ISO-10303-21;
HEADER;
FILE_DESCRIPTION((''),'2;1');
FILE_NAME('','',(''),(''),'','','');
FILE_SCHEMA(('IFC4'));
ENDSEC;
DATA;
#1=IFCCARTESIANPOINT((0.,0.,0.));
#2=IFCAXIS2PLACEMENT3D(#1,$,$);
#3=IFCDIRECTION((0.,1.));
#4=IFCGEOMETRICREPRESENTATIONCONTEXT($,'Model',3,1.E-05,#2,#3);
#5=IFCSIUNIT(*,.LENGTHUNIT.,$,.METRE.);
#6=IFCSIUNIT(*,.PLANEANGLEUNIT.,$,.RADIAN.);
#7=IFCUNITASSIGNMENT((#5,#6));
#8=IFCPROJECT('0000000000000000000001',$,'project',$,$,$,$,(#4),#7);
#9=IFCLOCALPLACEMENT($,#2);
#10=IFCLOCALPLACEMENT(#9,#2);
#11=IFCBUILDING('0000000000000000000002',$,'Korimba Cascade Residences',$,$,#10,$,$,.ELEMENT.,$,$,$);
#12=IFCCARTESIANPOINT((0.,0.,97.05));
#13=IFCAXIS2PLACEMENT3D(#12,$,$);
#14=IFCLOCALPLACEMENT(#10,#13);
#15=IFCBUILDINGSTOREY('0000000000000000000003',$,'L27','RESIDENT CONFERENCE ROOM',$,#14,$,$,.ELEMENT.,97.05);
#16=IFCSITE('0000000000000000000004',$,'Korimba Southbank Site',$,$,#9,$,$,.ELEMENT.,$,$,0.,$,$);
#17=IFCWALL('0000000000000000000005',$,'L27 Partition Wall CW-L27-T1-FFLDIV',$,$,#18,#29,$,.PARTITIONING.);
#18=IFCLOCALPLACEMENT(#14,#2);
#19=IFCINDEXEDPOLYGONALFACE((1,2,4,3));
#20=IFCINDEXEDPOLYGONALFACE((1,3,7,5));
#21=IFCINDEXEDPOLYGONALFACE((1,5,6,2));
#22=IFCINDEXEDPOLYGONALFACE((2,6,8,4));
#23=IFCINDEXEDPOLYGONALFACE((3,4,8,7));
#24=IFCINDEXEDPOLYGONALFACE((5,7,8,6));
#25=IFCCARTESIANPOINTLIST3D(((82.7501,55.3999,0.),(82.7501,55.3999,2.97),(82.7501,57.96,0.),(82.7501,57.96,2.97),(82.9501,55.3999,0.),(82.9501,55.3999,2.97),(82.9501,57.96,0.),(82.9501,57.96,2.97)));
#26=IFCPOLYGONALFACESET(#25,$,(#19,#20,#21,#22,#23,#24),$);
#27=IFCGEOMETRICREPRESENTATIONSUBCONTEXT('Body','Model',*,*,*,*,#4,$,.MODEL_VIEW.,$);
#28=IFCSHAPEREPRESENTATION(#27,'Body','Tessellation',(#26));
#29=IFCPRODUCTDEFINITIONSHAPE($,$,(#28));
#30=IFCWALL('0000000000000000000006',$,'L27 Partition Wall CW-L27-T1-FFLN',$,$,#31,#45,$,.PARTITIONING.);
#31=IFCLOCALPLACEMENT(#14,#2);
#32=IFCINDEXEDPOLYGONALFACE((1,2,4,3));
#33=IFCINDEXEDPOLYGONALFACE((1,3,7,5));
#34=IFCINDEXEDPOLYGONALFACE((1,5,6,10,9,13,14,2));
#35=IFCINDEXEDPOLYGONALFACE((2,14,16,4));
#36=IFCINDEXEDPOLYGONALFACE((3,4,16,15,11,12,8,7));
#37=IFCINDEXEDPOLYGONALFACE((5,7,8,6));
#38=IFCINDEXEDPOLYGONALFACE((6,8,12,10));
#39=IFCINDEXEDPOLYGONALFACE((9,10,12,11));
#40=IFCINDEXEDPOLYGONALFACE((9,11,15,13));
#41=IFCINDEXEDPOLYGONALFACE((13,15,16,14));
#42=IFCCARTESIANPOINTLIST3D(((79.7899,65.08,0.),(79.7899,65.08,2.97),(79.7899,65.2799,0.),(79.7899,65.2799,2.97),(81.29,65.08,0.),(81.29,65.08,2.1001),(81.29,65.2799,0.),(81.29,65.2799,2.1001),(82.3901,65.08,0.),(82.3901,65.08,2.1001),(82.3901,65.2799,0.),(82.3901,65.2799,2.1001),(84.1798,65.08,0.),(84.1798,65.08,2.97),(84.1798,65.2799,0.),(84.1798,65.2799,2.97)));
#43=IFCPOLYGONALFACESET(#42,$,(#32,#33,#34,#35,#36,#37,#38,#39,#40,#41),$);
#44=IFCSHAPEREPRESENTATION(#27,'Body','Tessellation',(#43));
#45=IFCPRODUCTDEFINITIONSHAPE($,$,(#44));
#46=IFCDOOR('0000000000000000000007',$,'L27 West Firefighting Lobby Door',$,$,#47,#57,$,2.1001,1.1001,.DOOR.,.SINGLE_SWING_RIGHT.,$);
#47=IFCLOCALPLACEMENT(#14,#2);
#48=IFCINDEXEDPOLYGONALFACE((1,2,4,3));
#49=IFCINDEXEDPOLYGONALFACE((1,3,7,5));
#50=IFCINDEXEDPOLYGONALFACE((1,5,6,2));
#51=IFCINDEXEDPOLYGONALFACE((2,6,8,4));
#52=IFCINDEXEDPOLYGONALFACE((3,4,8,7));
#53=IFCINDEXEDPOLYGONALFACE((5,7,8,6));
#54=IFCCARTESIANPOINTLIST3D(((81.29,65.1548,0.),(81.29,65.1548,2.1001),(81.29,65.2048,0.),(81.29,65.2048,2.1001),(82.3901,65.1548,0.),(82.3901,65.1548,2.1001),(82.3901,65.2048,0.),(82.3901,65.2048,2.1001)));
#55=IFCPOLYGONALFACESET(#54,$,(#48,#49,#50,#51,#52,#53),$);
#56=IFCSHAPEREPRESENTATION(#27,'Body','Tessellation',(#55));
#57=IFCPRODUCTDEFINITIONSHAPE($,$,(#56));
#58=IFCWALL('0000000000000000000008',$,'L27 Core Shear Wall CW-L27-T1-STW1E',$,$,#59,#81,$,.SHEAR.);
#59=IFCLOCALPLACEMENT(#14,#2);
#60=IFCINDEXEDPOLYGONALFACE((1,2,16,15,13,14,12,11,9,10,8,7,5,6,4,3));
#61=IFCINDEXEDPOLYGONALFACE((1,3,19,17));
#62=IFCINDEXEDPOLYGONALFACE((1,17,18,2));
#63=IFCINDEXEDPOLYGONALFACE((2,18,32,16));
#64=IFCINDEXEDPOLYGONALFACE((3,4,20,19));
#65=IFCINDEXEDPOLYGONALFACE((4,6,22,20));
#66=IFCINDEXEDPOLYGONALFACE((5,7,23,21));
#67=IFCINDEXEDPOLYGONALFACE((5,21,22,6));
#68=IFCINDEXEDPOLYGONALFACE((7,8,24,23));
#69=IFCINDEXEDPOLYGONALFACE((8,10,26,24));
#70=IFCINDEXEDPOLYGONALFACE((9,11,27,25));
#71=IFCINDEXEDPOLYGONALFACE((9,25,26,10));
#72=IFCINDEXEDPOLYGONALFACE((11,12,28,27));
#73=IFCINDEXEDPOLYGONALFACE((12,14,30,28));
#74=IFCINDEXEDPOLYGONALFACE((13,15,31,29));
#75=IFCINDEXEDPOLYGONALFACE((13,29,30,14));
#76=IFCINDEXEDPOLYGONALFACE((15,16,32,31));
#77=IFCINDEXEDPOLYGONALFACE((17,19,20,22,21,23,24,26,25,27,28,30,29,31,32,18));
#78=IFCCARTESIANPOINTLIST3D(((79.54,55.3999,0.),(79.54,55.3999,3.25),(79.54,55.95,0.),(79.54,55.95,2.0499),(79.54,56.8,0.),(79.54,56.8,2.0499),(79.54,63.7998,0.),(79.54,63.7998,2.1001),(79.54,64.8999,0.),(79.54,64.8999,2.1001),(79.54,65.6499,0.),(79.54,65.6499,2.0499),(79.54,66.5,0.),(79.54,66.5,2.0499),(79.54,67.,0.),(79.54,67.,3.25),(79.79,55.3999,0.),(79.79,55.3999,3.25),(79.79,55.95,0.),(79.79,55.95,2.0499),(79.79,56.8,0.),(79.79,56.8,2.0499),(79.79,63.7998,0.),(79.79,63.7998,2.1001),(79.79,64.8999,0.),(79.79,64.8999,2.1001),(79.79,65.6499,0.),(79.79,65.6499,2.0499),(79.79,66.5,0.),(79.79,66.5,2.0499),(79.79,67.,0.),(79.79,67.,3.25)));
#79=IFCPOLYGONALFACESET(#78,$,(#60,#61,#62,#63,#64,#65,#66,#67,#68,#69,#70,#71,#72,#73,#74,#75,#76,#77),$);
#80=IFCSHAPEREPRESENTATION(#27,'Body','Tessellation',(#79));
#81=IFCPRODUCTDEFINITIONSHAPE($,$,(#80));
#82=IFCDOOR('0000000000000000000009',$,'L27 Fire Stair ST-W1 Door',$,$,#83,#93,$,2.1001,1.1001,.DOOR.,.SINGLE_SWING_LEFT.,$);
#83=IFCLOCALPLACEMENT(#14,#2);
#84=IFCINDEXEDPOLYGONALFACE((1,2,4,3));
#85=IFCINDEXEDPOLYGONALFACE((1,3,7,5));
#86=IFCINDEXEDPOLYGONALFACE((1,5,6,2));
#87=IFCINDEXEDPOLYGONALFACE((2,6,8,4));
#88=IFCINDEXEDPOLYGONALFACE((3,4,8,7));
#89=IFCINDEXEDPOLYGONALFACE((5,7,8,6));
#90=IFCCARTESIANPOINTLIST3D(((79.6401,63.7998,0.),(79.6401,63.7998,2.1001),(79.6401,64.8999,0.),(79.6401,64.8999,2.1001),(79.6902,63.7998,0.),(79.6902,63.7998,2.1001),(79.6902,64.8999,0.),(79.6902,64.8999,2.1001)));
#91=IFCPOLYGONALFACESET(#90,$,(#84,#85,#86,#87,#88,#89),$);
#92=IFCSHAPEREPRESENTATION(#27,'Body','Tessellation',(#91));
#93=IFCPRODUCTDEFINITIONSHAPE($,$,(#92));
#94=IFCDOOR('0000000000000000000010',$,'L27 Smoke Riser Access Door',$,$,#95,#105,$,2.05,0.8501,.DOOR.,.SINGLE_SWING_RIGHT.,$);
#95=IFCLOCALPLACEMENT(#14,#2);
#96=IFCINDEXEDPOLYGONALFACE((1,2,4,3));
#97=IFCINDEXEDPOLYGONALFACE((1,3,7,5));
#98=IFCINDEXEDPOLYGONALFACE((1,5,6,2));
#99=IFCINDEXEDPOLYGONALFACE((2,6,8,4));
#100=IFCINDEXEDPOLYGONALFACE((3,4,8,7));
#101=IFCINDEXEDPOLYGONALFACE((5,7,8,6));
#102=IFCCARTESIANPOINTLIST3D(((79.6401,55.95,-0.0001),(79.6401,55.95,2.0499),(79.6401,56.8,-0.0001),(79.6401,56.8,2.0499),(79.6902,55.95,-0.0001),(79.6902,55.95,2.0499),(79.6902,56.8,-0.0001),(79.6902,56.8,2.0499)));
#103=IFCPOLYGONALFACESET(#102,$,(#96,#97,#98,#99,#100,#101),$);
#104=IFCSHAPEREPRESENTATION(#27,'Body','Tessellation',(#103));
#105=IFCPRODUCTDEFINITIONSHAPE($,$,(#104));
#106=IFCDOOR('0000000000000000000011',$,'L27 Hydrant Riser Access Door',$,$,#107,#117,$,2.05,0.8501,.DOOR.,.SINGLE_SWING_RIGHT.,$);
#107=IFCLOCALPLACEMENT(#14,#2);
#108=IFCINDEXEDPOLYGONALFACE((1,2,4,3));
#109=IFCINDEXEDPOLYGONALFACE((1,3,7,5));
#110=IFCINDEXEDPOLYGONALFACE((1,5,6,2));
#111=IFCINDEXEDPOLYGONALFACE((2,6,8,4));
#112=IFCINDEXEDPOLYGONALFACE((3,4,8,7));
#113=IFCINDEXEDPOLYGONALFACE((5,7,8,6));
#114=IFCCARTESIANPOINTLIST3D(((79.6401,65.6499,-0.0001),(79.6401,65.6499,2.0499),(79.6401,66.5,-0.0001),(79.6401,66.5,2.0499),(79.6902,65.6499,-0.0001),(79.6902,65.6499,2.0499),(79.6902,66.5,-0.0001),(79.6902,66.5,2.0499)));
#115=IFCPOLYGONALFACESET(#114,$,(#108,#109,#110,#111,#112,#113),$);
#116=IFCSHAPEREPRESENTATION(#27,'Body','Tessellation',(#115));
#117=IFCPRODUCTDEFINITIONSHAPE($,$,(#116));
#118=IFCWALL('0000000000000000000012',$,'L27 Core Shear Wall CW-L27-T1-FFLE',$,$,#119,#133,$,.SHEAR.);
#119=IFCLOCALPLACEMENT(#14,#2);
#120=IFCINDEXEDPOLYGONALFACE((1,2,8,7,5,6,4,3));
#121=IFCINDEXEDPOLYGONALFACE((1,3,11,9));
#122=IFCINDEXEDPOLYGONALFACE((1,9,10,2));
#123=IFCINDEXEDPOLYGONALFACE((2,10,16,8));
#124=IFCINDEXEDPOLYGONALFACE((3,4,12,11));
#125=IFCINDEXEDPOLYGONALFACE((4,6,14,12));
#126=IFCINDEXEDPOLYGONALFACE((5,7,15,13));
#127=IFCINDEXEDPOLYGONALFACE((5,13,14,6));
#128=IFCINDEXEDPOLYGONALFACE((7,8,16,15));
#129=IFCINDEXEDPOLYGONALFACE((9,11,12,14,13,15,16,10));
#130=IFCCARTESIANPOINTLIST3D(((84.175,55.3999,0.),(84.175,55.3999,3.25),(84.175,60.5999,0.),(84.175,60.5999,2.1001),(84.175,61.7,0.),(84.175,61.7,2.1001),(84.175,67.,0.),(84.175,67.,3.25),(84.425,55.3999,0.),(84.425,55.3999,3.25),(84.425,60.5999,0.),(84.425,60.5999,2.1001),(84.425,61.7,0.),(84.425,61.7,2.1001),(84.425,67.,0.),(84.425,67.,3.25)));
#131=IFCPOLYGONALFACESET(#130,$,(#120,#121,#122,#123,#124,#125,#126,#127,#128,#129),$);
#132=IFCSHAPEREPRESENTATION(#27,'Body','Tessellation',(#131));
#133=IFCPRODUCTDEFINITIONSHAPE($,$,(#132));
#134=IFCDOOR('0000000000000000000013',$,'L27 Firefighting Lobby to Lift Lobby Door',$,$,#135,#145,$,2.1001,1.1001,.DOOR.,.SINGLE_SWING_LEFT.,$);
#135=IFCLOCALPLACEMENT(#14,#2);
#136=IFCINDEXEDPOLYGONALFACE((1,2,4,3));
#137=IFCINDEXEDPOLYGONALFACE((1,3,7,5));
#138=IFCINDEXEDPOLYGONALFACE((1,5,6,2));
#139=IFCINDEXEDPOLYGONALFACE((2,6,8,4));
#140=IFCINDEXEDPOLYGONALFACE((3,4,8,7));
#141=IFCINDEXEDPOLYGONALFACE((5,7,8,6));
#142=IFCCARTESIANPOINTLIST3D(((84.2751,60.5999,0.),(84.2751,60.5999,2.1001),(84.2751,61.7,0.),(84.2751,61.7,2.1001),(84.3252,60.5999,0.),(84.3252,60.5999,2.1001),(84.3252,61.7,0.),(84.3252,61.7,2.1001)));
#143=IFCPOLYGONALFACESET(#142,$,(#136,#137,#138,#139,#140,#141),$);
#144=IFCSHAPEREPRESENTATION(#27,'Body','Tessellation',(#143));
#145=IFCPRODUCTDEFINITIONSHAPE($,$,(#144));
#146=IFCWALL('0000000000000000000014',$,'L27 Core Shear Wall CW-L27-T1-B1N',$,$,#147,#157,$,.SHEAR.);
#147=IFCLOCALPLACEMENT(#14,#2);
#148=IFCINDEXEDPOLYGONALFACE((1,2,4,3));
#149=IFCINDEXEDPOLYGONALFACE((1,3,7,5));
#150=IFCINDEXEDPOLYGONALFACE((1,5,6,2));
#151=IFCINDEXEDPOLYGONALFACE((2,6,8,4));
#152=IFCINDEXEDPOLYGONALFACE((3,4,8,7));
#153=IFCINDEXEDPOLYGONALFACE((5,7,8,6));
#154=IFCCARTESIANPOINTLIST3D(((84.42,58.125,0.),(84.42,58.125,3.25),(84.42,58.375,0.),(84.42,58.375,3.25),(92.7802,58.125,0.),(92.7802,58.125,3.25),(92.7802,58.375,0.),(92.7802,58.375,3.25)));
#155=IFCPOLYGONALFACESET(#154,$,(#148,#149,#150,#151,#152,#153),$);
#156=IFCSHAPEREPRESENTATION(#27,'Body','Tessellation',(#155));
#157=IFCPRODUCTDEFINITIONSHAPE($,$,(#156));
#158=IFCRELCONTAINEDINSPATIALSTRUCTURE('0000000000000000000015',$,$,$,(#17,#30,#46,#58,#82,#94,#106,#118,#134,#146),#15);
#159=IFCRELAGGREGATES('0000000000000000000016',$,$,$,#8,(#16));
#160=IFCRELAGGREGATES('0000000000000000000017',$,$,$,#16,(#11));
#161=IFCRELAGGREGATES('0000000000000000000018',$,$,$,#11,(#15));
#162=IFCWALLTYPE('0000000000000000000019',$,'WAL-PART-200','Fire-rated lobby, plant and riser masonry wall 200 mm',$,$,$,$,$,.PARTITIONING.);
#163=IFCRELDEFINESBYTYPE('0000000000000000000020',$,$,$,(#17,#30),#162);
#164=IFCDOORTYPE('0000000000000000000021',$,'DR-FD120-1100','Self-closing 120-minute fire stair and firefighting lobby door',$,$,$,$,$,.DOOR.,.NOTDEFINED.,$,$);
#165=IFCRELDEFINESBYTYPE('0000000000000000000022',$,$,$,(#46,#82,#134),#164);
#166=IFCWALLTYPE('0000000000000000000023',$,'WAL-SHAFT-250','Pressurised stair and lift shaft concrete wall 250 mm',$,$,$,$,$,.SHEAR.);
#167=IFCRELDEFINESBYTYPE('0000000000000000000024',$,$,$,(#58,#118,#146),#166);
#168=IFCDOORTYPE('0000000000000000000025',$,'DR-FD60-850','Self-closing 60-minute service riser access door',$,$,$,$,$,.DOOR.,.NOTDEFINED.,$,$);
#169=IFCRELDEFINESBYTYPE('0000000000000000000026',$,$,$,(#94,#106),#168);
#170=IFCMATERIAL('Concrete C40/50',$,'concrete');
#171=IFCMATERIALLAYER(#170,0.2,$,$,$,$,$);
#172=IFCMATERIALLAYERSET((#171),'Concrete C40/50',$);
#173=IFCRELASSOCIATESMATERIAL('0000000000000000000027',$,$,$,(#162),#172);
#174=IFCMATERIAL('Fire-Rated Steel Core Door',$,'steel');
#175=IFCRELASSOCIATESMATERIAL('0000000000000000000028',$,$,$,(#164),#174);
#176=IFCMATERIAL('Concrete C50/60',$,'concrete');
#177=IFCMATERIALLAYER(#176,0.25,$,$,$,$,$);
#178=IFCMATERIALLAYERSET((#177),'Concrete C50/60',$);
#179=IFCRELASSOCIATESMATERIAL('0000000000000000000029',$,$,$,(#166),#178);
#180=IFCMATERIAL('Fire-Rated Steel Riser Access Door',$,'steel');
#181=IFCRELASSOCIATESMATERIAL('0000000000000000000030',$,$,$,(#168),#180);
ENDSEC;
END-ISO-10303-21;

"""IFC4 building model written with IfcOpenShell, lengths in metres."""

from ifc_helpers import new_model, si_unit, direction, frame, frame_2d, origin, place, context, subcontext, project, spatial, rectangle, extrude, material, layer, layer_set, type_object, element, fill, save


model = new_model("IFC4")

# Units and contexts
model_context = context("Model", 3, precision=1e-05, world=origin(), true_north=direction((0.0, 1.0)))
body_context = subcontext(model_context, "Body", "Model", "MODEL_VIEW")
ifc_project = project(units=[si_unit("LENGTHUNIT", "METRE"), si_unit("PLANEANGLEUNIT", "RADIAN")], contexts=[model_context])

# Site, building, storey
site_placement = place(None, origin())
site = spatial("IfcSite", under=ifc_project, at=site_placement, Name="Korimba Southbank Site", CompositionType="ELEMENT", RefElevation=0.0)
building_placement = place(site_placement, origin())
building = spatial("IfcBuilding", under=site, at=building_placement, Name="Korimba Cascade Residences", CompositionType="ELEMENT")
storey_placement = place(building_placement, frame((0.0, 0.0, 97.05)))
storey = spatial("IfcBuildingStorey", under=building, at=storey_placement, Name="L27", Description="RESIDENT CONFERENCE ROOM", CompositionType="ELEMENT", Elevation=97.05)

# Wall
ifc_material_1 = material(Name="Concrete C40/50", Category="concrete")
ifc_layer_1 = layer(ifc_material_1, 0.2)
ifc_layer_set_1 = layer_set([ifc_layer_1], Name="Concrete C40/50")
wall_type_1 = type_object("IfcWallType", Name="WAL-PART-200", Description="Fire-rated lobby, plant and riser masonry wall 200 mm", PredefinedType="PARTITIONING", material=ifc_layer_set_1)
wall_1_placement = place(storey_placement, frame((82.8501, 55.3999, 0.0), z_axis=(0.0, 0.0, 1.0), x_axis=(0.0, 1.0, 0.0)))
element("IfcWall", 1, at=wall_1_placement, inside=storey, type_object=wall_type_1, Name="L27 Partition Wall CW-L27-T1-FFLDIV", PredefinedType="PARTITIONING", context=body_context, shape_type="SweptSolid", body=[
    extrude(rectangle(XDim=2.5601, YDim=0.2, at=frame_2d((1.28, 0.0))), origin(), (0.0, 0.0, 1.0), 2.97),
])

# Wall, opening, door
wall_2_placement = place(storey_placement, frame((79.79, 65.1799, 0.0), z_axis=(0.0, 0.0, 1.0), x_axis=(1.0, 0.0, 0.0)))
wall_2 = element("IfcWall", 2, at=wall_2_placement, inside=storey, type_object=wall_type_1, Name="L27 Partition Wall CW-L27-T1-FFLN", PredefinedType="PARTITIONING", context=body_context, shape_type="SweptSolid", body=[
    extrude(rectangle(XDim=4.3899, YDim=0.2, at=frame_2d((2.1948, 0.0))), origin(), (0.0, 0.0, 1.0), 2.97),
])
opening_1_placement = place(wall_2_placement, frame((1.5, 0.0, 0.0)))
opening_1 = element("IfcOpeningElement", 3, at=opening_1_placement, cuts=wall_2, PredefinedType="OPENING", context=body_context, shape_type="SweptSolid", body=[
    extrude(rectangle(XDim=1.1001, YDim=2.1001, at=frame_2d((0.55, 1.05))), frame((0.0, 0.1099, 0.0), z_axis=(0.0, -1.0, 0.0), x_axis=(1.0, 0.0, 0.0)), (0.0, 0.0, 1.0), 0.22),
])
ifc_material_2 = material(Name="Fire-Rated Steel Core Door", Category="steel")
door_type_1 = type_object("IfcDoorType", Name="DR-FD120-1100", Description="Self-closing 120-minute fire stair and firefighting lobby door", OperationType="NOTDEFINED", PredefinedType="DOOR", material=ifc_material_2)
door_1_placement = place(opening_1_placement, origin())
door_1 = element("IfcDoor", 4, at=door_1_placement, inside=storey, type_object=door_type_1, Name="L27 West Firefighting Lobby Door", OperationType="SINGLE_SWING_RIGHT", OverallHeight=2.1001, OverallWidth=1.1001, PredefinedType="DOOR", context=body_context, shape_type="SweptSolid", body=[
    extrude(rectangle(XDim=1.1001, YDim=2.1001, at=frame_2d((0.55, 1.05))), frame((0.0, 0.0249, 0.0), z_axis=(0.0, -1.0, 0.0), x_axis=(1.0, 0.0, 0.0)), (0.0, 0.0, 1.0), 0.05),
])
fill(opening_1, door_1)

# Wall, openings, doors
ifc_material_3 = material(Name="Concrete C50/60", Category="concrete")
ifc_layer_2 = layer(ifc_material_3, 0.25)
ifc_layer_set_2 = layer_set([ifc_layer_2], Name="Concrete C50/60")
wall_type_2 = type_object("IfcWallType", Name="WAL-SHAFT-250", Description="Pressurised stair and lift shaft concrete wall 250 mm", PredefinedType="SHEAR", material=ifc_layer_set_2)
wall_3_placement = place(storey_placement, frame((79.665, 55.3999, 0.0), z_axis=(0.0, 0.0, 1.0), x_axis=(0.0, 1.0, 0.0)))
wall_3 = element("IfcWall", 5, at=wall_3_placement, inside=storey, type_object=wall_type_2, Name="L27 Core Shear Wall CW-L27-T1-STW1E", PredefinedType="SHEAR", context=body_context, shape_type="SweptSolid", body=[
    extrude(rectangle(XDim=11.6001, YDim=0.25, at=frame_2d((5.8, 0.0))), origin(), (0.0, 0.0, 1.0), 3.25),
])
opening_2_placement = place(wall_3_placement, frame((0.55, 0.0, 0.0)))
opening_2 = element("IfcOpeningElement", 6, at=opening_2_placement, cuts=wall_3, PredefinedType="OPENING", context=body_context, shape_type="SweptSolid", body=[
    extrude(rectangle(XDim=0.8501, YDim=2.05, at=frame_2d((0.425, 1.0249))), frame((0.0, 0.135, 0.0), z_axis=(0.0, -1.0, 0.0), x_axis=(1.0, 0.0, 0.0)), (0.0, 0.0, 1.0), 0.27),
])
opening_3_placement = place(wall_3_placement, frame((8.3999, 0.0, 0.0)))
opening_3 = element("IfcOpeningElement", 7, at=opening_3_placement, cuts=wall_3, PredefinedType="OPENING", context=body_context, shape_type="SweptSolid", body=[
    extrude(rectangle(XDim=1.1001, YDim=2.1001, at=frame_2d((0.55, 1.05))), frame((0.0, 0.135, 0.0), z_axis=(0.0, -1.0, 0.0), x_axis=(1.0, 0.0, 0.0)), (0.0, 0.0, 1.0), 0.27),
])
opening_4_placement = place(wall_3_placement, frame((10.25, 0.0, 0.0)))
opening_4 = element("IfcOpeningElement", 8, at=opening_4_placement, cuts=wall_3, PredefinedType="OPENING", context=body_context, shape_type="SweptSolid", body=[
    extrude(rectangle(XDim=0.8501, YDim=2.05, at=frame_2d((0.425, 1.0249))), frame((0.0, 0.135, 0.0), z_axis=(0.0, -1.0, 0.0), x_axis=(1.0, 0.0, 0.0)), (0.0, 0.0, 1.0), 0.27),
])
door_2_placement = place(opening_3_placement, origin())
door_2 = element("IfcDoor", 9, at=door_2_placement, inside=storey, type_object=door_type_1, Name="L27 Fire Stair ST-W1 Door", OperationType="SINGLE_SWING_LEFT", OverallHeight=2.1001, OverallWidth=1.1001, PredefinedType="DOOR", context=body_context, shape_type="SweptSolid", body=[
    extrude(rectangle(XDim=1.1001, YDim=2.1001, at=frame_2d((0.55, 1.05))), frame((0.0, 0.0249, 0.0), z_axis=(0.0, -1.0, 0.0), x_axis=(1.0, 0.0, 0.0)), (0.0, 0.0, 1.0), 0.05),
])
fill(opening_3, door_2)
ifc_material_4 = material(Name="Fire-Rated Steel Riser Access Door", Category="steel")
door_type_2 = type_object("IfcDoorType", Name="DR-FD60-850", Description="Self-closing 60-minute service riser access door", OperationType="NOTDEFINED", PredefinedType="DOOR", material=ifc_material_4)
door_3_placement = place(opening_2_placement, origin())
door_3 = element("IfcDoor", 10, at=door_3_placement, inside=storey, type_object=door_type_2, Name="L27 Smoke Riser Access Door", OperationType="SINGLE_SWING_RIGHT", OverallHeight=2.05, OverallWidth=0.8501, PredefinedType="DOOR", context=body_context, shape_type="SweptSolid", body=[
    extrude(rectangle(XDim=0.8501, YDim=2.05, at=frame_2d((0.425, 1.0249))), frame((0.0, 0.0249, 0.0), z_axis=(0.0, -1.0, 0.0), x_axis=(1.0, 0.0, 0.0)), (0.0, 0.0, 1.0), 0.05),
])
fill(opening_2, door_3)
door_4_placement = place(opening_4_placement, origin())
door_4 = element("IfcDoor", 11, at=door_4_placement, inside=storey, type_object=door_type_2, Name="L27 Hydrant Riser Access Door", OperationType="SINGLE_SWING_RIGHT", OverallHeight=2.05, OverallWidth=0.8501, PredefinedType="DOOR", context=body_context, shape_type="SweptSolid", body=[
    extrude(rectangle(XDim=0.8501, YDim=2.05, at=frame_2d((0.425, 1.0249))), frame((0.0, 0.0249, 0.0), z_axis=(0.0, -1.0, 0.0), x_axis=(1.0, 0.0, 0.0)), (0.0, 0.0, 1.0), 0.05),
])
fill(opening_4, door_4)

# Wall, opening, door
wall_4_placement = place(storey_placement, frame((84.3, 55.3999, 0.0), z_axis=(0.0, 0.0, 1.0), x_axis=(0.0, 1.0, 0.0)))
wall_4 = element("IfcWall", 12, at=wall_4_placement, inside=storey, type_object=wall_type_2, Name="L27 Core Shear Wall CW-L27-T1-FFLE", PredefinedType="SHEAR", context=body_context, shape_type="SweptSolid", body=[
    extrude(rectangle(XDim=11.6001, YDim=0.25, at=frame_2d((5.8, 0.0))), origin(), (0.0, 0.0, 1.0), 3.25),
])
opening_5_placement = place(wall_4_placement, frame((5.2, 0.0, 0.0)))
opening_5 = element("IfcOpeningElement", 13, at=opening_5_placement, cuts=wall_4, PredefinedType="OPENING", context=body_context, shape_type="SweptSolid", body=[
    extrude(rectangle(XDim=1.1001, YDim=2.1001, at=frame_2d((0.55, 1.05))), frame((0.0, 0.135, 0.0), z_axis=(0.0, -1.0, 0.0), x_axis=(1.0, 0.0, 0.0)), (0.0, 0.0, 1.0), 0.27),
])
door_5_placement = place(opening_5_placement, origin())
door_5 = element("IfcDoor", 14, at=door_5_placement, inside=storey, type_object=door_type_1, Name="L27 Firefighting Lobby to Lift Lobby Door", OperationType="SINGLE_SWING_LEFT", OverallHeight=2.1001, OverallWidth=1.1001, PredefinedType="DOOR", context=body_context, shape_type="SweptSolid", body=[
    extrude(rectangle(XDim=1.1001, YDim=2.1001, at=frame_2d((0.55, 1.05))), frame((0.0, 0.0249, 0.0), z_axis=(0.0, -1.0, 0.0), x_axis=(1.0, 0.0, 0.0)), (0.0, 0.0, 1.0), 0.05),
])
fill(opening_5, door_5)

# Wall
wall_5_placement = place(storey_placement, frame((84.4199, 58.25, 0.0), z_axis=(0.0, 0.0, 1.0), x_axis=(1.0, 0.0, 0.0)))
element("IfcWall", 15, at=wall_5_placement, inside=storey, type_object=wall_type_2, Name="L27 Core Shear Wall CW-L27-T1-B1N", PredefinedType="SHEAR", context=body_context, shape_type="SweptSolid", body=[
    extrude(rectangle(XDim=8.3601, YDim=0.25, at=frame_2d((4.1802, 0.0))), origin(), (0.0, 0.0, 1.0), 3.25),
])

save(model, "model.ifc")
